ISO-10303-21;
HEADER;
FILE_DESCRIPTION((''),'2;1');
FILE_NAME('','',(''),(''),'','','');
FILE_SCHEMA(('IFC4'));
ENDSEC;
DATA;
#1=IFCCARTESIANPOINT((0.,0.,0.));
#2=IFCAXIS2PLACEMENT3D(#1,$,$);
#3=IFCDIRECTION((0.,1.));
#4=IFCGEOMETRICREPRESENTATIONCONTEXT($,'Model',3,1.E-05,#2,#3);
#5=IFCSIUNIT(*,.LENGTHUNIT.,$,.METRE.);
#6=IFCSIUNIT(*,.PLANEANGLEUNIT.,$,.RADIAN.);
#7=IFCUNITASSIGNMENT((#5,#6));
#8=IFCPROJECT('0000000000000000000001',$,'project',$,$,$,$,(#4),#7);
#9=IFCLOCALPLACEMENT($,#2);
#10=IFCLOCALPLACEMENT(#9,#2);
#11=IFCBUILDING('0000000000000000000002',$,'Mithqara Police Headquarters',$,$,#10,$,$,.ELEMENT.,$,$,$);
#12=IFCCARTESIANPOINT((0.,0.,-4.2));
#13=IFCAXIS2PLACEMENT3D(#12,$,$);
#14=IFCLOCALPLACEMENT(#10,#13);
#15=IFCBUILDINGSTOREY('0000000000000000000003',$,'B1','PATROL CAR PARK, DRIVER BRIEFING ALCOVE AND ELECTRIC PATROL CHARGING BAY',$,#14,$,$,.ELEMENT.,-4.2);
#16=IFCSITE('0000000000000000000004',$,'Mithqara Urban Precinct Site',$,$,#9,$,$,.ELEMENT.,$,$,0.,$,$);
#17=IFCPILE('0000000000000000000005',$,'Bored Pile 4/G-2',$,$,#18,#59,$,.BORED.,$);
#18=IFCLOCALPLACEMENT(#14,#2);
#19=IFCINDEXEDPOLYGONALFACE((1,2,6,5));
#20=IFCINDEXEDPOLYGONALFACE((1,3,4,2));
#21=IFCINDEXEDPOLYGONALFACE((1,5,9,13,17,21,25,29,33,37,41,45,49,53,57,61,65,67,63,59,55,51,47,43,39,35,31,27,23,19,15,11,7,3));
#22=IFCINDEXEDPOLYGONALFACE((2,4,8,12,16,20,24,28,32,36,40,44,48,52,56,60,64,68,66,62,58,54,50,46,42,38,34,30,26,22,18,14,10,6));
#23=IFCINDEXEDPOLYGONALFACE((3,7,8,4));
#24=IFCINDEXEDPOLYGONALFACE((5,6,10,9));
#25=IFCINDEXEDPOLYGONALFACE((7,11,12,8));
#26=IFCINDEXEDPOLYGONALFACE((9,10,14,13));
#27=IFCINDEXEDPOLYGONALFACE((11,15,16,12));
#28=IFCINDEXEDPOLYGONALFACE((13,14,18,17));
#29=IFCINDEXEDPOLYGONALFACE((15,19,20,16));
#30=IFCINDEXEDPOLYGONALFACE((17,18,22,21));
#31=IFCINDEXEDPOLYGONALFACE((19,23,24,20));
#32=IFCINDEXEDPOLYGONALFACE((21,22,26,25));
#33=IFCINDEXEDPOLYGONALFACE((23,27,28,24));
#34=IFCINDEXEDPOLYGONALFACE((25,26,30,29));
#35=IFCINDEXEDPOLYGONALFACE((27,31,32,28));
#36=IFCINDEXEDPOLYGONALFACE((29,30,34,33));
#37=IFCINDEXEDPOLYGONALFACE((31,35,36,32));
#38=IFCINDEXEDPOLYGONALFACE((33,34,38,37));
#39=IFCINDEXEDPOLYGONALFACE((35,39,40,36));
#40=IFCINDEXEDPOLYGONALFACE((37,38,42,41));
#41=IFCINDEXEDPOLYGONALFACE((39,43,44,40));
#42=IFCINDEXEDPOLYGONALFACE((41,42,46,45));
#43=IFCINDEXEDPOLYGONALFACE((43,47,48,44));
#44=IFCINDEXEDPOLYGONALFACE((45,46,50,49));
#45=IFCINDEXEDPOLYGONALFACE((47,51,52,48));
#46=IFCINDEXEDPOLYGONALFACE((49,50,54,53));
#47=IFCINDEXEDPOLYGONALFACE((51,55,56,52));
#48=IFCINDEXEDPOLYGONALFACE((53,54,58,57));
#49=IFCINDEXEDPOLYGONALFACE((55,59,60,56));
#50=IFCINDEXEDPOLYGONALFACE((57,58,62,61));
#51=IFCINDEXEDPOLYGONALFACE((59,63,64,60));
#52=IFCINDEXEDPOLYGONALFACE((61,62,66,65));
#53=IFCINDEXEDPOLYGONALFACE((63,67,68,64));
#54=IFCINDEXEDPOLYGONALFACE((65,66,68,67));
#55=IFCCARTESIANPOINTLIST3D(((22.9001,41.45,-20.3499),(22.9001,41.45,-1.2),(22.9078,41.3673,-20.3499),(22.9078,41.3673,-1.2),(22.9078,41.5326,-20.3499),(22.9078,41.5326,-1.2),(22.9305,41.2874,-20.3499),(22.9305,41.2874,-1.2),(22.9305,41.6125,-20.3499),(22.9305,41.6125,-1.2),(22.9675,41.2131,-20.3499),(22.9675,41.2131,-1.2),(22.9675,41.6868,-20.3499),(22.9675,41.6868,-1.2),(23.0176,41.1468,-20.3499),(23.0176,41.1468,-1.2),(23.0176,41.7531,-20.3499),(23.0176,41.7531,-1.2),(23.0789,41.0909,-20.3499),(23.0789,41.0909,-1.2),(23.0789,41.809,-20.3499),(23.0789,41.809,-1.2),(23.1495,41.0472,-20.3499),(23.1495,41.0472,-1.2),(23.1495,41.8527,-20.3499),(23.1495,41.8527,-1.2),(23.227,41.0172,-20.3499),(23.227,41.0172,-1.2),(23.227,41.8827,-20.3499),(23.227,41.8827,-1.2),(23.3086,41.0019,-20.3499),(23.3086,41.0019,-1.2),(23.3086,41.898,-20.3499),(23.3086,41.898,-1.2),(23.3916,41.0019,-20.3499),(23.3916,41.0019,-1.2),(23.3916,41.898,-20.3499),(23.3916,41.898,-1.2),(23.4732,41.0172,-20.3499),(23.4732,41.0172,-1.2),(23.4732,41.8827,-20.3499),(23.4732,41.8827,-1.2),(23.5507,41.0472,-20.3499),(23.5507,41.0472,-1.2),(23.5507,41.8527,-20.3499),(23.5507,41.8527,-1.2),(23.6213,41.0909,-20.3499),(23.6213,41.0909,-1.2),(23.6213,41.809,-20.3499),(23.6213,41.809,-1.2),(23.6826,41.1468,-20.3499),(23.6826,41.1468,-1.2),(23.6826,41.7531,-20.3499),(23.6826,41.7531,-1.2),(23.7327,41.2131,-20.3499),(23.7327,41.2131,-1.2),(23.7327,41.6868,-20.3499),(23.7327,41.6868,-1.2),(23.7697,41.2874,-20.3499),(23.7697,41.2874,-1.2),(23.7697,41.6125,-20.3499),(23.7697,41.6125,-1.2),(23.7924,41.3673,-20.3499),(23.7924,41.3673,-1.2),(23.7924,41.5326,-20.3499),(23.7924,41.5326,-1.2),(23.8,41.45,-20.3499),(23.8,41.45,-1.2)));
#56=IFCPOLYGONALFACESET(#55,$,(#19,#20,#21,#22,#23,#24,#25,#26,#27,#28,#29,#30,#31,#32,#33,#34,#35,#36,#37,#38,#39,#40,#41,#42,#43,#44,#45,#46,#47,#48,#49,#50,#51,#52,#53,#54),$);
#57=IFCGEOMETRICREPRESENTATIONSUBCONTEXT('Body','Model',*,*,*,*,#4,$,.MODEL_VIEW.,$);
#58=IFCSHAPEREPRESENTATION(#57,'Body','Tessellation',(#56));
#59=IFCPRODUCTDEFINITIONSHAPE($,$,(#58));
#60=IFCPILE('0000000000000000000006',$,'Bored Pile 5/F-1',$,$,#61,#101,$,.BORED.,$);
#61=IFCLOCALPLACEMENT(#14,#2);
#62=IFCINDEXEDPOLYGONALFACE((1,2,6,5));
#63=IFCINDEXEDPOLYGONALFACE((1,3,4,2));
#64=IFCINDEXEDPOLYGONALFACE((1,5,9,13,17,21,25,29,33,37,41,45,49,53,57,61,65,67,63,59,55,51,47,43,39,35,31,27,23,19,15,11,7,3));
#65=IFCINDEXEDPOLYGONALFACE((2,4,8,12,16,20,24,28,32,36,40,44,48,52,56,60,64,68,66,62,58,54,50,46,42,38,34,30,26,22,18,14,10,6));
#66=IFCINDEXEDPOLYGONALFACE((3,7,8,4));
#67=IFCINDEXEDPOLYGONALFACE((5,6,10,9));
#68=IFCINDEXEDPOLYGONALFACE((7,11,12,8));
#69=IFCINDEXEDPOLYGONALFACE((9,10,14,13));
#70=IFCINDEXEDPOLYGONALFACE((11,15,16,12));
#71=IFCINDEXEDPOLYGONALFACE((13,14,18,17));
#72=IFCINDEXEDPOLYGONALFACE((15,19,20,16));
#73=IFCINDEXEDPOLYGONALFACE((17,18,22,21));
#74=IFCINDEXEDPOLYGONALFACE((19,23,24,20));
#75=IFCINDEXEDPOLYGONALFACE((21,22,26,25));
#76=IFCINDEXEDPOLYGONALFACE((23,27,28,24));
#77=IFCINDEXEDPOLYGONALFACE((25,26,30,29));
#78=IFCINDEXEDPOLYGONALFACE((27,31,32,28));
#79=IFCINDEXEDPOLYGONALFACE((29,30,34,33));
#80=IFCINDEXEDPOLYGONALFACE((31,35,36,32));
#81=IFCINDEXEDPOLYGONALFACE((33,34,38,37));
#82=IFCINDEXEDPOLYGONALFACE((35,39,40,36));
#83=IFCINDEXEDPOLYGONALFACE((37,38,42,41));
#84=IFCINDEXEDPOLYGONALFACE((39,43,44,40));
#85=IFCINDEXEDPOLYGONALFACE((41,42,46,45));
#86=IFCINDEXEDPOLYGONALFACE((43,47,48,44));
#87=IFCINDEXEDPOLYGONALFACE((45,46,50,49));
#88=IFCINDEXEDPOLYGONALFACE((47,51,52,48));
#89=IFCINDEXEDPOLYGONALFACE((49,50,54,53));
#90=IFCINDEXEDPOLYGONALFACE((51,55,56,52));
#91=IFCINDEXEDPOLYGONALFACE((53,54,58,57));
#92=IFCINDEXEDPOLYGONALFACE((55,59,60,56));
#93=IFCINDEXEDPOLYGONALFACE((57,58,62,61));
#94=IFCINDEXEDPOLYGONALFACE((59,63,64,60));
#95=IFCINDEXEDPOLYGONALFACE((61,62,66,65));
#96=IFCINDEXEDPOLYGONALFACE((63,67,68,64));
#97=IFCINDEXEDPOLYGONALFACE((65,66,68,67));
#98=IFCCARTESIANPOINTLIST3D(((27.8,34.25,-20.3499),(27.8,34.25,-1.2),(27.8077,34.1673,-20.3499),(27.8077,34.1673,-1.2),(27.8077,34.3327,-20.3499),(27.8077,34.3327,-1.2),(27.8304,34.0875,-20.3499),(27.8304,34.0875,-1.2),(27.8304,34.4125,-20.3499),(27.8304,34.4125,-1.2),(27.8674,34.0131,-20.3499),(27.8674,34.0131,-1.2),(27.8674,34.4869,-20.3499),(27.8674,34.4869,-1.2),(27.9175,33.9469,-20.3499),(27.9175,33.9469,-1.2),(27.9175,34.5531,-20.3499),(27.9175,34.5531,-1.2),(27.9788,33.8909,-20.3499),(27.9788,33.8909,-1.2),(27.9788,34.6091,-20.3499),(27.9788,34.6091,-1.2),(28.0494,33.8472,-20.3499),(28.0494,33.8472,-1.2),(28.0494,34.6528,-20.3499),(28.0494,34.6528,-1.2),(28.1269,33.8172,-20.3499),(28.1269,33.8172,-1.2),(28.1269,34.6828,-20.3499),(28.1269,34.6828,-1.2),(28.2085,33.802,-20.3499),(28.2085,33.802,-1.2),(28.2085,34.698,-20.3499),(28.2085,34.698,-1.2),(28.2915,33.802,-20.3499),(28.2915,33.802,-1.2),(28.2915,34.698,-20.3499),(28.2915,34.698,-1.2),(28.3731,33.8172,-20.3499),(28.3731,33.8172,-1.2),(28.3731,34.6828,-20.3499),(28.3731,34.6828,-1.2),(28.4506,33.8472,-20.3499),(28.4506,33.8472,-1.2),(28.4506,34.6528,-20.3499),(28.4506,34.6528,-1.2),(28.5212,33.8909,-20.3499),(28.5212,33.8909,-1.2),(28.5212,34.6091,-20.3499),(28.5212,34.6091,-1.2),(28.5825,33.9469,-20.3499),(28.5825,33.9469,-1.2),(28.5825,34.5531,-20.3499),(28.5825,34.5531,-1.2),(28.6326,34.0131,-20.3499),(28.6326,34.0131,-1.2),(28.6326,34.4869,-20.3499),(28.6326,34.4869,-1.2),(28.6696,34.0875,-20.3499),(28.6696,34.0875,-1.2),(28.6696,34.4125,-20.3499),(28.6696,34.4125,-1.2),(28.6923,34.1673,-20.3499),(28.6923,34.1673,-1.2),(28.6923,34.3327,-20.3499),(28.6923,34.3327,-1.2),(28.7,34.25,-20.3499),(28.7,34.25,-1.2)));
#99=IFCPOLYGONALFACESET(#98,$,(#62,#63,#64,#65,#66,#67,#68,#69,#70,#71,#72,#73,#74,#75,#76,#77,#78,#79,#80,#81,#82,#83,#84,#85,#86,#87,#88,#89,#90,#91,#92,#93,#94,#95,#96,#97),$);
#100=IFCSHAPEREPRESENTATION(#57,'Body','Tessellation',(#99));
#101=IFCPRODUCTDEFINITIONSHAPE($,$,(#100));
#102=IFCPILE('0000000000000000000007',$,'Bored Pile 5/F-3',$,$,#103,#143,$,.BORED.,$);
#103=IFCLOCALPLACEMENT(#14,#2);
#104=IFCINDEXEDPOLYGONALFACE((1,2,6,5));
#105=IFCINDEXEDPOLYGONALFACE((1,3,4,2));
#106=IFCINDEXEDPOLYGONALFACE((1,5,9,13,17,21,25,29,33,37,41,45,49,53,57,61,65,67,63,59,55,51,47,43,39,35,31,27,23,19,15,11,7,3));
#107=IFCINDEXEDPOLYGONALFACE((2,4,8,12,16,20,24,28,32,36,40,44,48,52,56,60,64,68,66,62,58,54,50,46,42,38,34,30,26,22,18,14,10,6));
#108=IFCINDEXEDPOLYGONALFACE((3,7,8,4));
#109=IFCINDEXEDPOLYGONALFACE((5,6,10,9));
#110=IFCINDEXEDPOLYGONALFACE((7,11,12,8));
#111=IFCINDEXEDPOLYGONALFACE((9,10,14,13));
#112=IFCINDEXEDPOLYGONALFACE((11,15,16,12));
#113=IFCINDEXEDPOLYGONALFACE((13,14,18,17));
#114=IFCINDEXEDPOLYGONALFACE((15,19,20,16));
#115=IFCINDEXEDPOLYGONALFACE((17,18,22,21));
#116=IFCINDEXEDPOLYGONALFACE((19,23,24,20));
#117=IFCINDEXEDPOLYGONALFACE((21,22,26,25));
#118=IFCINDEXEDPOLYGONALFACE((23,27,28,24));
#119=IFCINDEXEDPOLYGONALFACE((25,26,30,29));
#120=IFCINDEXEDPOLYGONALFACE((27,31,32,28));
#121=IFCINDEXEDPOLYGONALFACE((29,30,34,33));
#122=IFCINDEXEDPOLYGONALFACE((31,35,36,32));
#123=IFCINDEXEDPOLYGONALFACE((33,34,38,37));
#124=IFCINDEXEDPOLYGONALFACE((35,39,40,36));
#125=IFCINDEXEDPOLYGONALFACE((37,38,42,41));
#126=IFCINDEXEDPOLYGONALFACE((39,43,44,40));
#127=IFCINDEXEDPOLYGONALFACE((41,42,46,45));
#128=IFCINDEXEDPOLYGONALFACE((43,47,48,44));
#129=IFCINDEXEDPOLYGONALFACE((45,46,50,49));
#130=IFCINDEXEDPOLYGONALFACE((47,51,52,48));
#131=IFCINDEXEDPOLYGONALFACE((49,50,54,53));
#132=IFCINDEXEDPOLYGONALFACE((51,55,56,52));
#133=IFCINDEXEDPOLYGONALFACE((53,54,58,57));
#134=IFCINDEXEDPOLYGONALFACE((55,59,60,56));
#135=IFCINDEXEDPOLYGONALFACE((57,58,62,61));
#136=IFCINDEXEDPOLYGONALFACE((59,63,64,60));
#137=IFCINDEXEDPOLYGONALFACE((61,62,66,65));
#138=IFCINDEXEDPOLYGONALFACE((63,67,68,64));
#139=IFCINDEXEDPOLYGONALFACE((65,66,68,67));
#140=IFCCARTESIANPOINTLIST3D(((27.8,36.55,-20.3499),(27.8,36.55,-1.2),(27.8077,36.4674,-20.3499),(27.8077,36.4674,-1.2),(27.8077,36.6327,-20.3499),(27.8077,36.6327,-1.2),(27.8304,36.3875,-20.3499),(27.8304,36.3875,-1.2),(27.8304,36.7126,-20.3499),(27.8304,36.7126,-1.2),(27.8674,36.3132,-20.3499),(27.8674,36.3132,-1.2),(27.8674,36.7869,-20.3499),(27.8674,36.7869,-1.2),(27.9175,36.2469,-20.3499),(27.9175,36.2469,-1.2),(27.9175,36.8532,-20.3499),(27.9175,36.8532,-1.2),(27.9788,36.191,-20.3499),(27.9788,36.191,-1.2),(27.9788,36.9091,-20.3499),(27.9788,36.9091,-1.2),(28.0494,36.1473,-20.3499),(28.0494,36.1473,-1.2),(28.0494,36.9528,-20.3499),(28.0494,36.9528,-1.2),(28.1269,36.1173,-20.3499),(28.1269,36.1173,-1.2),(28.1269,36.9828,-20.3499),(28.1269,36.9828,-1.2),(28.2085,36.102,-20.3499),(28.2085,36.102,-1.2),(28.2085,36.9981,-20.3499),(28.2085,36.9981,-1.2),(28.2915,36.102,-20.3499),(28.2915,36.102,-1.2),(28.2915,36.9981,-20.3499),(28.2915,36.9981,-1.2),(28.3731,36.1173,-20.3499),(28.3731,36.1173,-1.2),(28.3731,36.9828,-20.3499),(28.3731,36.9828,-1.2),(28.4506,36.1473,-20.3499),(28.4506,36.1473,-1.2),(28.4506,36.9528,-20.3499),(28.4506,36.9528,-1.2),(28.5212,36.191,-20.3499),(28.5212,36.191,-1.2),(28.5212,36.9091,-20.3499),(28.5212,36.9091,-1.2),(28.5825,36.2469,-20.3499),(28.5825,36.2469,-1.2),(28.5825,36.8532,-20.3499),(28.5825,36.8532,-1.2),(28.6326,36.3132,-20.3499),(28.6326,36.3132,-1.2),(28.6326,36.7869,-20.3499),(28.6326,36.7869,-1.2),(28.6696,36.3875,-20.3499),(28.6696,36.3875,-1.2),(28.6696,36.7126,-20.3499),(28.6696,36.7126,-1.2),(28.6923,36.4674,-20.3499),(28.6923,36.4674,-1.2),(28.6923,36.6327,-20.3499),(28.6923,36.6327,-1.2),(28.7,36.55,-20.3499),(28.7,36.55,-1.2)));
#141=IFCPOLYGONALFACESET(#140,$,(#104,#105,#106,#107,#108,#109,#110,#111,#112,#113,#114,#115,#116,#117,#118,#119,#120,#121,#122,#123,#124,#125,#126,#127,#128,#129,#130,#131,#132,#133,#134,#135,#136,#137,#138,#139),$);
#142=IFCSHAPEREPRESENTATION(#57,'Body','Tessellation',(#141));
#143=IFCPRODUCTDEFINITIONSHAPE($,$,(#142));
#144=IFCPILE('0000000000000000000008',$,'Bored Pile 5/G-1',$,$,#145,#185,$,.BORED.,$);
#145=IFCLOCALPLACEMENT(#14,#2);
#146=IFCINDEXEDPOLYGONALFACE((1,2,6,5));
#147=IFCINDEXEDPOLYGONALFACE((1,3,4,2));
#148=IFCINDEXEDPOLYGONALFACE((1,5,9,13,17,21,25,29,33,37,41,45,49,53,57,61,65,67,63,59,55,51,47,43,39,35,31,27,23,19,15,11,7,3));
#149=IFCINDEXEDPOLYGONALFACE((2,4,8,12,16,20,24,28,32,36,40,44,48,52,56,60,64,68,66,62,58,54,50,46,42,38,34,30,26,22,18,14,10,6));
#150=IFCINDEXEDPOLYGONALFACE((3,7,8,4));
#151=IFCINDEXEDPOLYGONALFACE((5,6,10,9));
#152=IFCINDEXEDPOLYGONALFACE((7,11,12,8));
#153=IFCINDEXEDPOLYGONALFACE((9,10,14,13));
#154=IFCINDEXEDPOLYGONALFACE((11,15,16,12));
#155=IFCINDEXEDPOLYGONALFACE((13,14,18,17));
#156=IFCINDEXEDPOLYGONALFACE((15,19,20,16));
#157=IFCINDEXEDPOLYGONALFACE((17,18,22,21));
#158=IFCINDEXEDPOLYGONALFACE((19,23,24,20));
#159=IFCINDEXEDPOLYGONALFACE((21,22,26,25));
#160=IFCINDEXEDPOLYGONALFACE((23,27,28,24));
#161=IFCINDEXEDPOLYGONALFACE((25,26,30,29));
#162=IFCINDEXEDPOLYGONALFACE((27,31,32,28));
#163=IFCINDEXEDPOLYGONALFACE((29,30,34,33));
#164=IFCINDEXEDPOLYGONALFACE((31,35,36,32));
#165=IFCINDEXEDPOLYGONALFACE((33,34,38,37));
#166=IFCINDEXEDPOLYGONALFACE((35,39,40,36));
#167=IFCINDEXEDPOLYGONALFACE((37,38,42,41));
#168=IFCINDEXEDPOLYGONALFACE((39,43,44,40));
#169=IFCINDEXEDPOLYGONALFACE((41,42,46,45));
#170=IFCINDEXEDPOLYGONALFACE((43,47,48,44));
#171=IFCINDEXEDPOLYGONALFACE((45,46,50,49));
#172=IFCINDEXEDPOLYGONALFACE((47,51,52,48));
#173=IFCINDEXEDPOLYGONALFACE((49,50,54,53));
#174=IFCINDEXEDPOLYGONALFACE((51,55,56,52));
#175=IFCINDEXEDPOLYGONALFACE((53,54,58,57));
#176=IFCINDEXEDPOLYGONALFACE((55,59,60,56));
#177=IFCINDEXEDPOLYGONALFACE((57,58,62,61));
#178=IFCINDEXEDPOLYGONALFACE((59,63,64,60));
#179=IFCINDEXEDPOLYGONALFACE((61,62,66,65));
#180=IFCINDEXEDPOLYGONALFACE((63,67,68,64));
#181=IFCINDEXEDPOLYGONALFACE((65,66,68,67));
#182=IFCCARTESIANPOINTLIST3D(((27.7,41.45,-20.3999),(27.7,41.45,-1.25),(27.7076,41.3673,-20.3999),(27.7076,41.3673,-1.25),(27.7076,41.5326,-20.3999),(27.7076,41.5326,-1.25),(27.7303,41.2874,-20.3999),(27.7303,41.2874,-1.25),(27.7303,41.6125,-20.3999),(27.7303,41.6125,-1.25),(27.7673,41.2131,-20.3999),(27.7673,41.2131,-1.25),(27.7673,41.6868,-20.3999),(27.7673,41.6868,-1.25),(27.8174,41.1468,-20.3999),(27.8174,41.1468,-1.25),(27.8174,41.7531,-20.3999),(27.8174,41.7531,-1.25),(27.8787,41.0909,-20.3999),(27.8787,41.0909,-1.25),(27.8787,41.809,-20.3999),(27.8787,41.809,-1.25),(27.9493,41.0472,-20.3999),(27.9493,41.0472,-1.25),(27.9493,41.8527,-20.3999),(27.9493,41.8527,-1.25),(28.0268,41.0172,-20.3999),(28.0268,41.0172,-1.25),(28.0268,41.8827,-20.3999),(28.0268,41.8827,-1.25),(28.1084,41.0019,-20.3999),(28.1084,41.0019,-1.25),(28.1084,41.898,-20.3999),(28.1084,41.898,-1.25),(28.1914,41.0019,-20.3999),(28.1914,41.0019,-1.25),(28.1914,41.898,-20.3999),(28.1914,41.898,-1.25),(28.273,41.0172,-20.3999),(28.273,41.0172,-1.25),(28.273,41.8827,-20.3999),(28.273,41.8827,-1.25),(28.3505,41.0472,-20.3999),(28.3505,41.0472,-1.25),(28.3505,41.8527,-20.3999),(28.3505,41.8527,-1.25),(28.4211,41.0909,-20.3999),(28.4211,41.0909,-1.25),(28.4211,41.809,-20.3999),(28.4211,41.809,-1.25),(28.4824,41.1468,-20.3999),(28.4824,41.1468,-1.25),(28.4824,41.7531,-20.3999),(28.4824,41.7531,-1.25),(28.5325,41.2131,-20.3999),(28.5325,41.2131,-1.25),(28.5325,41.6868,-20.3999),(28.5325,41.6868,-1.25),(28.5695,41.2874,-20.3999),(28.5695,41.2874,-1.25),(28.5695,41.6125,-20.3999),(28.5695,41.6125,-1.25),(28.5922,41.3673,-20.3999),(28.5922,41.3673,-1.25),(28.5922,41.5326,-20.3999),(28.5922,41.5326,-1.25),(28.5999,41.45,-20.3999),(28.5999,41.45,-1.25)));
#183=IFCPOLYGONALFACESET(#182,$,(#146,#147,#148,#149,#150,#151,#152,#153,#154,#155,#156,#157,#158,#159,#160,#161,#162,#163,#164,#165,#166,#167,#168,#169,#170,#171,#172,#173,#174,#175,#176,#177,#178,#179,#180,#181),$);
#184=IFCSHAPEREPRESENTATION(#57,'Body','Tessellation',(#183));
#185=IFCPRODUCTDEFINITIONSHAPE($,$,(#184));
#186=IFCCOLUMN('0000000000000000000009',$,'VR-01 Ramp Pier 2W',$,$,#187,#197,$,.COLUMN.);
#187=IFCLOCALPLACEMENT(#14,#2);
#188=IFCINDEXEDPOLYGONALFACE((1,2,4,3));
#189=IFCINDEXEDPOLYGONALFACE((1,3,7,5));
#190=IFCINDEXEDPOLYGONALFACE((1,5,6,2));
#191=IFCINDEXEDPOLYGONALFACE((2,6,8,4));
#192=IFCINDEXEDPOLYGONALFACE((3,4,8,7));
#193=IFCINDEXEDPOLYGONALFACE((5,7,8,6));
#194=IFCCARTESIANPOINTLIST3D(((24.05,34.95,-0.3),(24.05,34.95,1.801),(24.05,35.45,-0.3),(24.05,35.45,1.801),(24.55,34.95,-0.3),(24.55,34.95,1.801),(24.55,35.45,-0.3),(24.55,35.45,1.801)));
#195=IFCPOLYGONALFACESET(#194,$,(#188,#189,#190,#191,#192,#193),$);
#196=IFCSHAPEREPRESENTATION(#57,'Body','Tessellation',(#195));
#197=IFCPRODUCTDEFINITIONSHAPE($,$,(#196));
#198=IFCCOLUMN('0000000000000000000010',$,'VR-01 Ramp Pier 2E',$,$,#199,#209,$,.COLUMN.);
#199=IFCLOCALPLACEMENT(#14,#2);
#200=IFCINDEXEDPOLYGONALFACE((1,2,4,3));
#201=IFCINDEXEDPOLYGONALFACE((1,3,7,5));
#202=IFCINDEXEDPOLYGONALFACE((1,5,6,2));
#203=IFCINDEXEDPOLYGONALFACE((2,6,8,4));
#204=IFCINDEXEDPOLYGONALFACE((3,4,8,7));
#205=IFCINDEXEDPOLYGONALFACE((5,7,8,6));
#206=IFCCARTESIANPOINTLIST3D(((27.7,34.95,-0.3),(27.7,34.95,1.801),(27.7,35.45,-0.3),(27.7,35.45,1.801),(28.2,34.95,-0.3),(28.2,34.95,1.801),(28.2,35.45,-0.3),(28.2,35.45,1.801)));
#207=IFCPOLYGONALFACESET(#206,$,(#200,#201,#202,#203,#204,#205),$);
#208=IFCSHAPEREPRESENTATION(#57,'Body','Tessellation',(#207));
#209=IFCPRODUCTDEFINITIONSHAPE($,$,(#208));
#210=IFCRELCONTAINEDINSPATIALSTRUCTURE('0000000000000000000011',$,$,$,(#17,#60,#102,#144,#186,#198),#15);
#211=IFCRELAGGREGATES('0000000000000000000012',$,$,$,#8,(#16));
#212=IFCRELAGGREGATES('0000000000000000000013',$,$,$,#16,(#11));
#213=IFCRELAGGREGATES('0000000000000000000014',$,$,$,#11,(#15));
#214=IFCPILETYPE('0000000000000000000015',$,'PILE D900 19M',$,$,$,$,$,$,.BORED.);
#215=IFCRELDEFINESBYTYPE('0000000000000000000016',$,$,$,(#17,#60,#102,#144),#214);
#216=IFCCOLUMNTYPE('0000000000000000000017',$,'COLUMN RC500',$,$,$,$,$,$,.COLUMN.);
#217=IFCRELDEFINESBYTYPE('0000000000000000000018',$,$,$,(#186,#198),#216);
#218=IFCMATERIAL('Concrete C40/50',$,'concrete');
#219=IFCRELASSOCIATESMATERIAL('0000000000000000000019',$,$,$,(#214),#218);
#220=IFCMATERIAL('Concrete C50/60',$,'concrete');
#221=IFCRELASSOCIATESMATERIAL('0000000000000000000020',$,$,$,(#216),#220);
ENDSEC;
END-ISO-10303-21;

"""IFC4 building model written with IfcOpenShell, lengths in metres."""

from ifc_helpers import new_model, si_unit, direction, frame, origin, origin_2d, place, context, subcontext, project, spatial, rectangle, circle, extrude, material, material_profile, profile_set, type_object, element, save


model = new_model("IFC4")

# Units and contexts
model_context = context("Model", 3, precision=1e-05, world=origin(), true_north=direction((0.0, 1.0)))
body_context = subcontext(model_context, "Body", "Model", "MODEL_VIEW")
ifc_project = project(units=[si_unit("LENGTHUNIT", "METRE"), si_unit("PLANEANGLEUNIT", "RADIAN")], contexts=[model_context])

# Site, building, storey
site_placement = place(None, origin())
site = spatial("IfcSite", under=ifc_project, at=site_placement, Name="Mithqara Urban Precinct Site", CompositionType="ELEMENT", RefElevation=0.0)
building_placement = place(site_placement, origin())
building = spatial("IfcBuilding", under=site, at=building_placement, Name="Mithqara Police Headquarters", CompositionType="ELEMENT")
storey_placement = place(building_placement, frame((0.0, 0.0, -4.2)))
storey = spatial("IfcBuildingStorey", under=building, at=storey_placement, Name="B1", Description="PATROL CAR PARK, DRIVER BRIEFING ALCOVE AND ELECTRIC PATROL CHARGING BAY", CompositionType="ELEMENT", Elevation=-4.2)

# Shared definitions
ifc_material_1 = material(Name="Concrete C40/50", Category="concrete")

# Piles
ifc_material_profile_1 = material_profile(ifc_material_1, circle(Radius=0.45, at=origin_2d()), Name="PILE D900")
ifc_profile_set_1 = profile_set([ifc_material_profile_1], Name="Concrete C40/50")
pile_type_1 = type_object("IfcPileType", Name="PILE D900 19M", PredefinedType="BORED", material=ifc_profile_set_1)
for number, where, z_axis, x_axis, name in (
    (1, (23.3501, 41.45, -1.2), (0.0, 0.0, -1.0), (1.0, 0.0, 0.0), "Bored Pile 4/G-2"),
    (2, (28.25, 34.25, -1.2), (0.0, 0.0, -1.0), (1.0, 0.0, 0.0), "Bored Pile 5/F-1"),
    (3, (28.25, 36.55, -1.2), (0.0, 0.0, -1.0), (1.0, 0.0, 0.0), "Bored Pile 5/F-3"),
    (4, (28.1499, 41.45, -1.25), (0.0, 0.0, -1.0), (1.0, 0.0, 0.0), "Bored Pile 5/G-1"),
):
    element("IfcPile", number, at=place(storey_placement, frame(where, z_axis=z_axis, x_axis=x_axis)), inside=storey, type_object=pile_type_1, Name=name, PredefinedType="BORED", context=body_context, shape_type="SweptSolid", body=[
        extrude(circle(Radius=0.45, at=origin_2d()), origin(), (0.0, 0.0, 1.0), 19.1499),
    ])

# Columns
ifc_material_2 = material(Name="Concrete C50/60", Category="concrete")
ifc_material_profile_2 = material_profile(ifc_material_2, rectangle(XDim=0.5, YDim=0.5, at=origin_2d()), Name="RC 500x500")
ifc_profile_set_2 = profile_set([ifc_material_profile_2], Name="Concrete C50/60")
column_type_1 = type_object("IfcColumnType", Name="COLUMN RC500", PredefinedType="COLUMN", material=ifc_profile_set_2)
for number, where, z_axis, x_axis, name in (
    (5, (24.3, 35.2, -0.3), (0.0, 0.0, 1.0), (1.0, 0.0, 0.0), "VR-01 Ramp Pier 2W"),
    (6, (27.95, 35.2, -0.3), (0.0, 0.0, 1.0), (1.0, 0.0, 0.0), "VR-01 Ramp Pier 2E"),
):
    element("IfcColumn", number, at=place(storey_placement, frame(where, z_axis=z_axis, x_axis=x_axis)), inside=storey, type_object=column_type_1, Name=name, PredefinedType="COLUMN", context=body_context, shape_type="SweptSolid", body=[
        extrude(rectangle(XDim=0.5, YDim=0.5, at=origin_2d()), origin(), (0.0, 0.0, 1.0), 2.1011),
    ])

save(model, "model.ifc")
